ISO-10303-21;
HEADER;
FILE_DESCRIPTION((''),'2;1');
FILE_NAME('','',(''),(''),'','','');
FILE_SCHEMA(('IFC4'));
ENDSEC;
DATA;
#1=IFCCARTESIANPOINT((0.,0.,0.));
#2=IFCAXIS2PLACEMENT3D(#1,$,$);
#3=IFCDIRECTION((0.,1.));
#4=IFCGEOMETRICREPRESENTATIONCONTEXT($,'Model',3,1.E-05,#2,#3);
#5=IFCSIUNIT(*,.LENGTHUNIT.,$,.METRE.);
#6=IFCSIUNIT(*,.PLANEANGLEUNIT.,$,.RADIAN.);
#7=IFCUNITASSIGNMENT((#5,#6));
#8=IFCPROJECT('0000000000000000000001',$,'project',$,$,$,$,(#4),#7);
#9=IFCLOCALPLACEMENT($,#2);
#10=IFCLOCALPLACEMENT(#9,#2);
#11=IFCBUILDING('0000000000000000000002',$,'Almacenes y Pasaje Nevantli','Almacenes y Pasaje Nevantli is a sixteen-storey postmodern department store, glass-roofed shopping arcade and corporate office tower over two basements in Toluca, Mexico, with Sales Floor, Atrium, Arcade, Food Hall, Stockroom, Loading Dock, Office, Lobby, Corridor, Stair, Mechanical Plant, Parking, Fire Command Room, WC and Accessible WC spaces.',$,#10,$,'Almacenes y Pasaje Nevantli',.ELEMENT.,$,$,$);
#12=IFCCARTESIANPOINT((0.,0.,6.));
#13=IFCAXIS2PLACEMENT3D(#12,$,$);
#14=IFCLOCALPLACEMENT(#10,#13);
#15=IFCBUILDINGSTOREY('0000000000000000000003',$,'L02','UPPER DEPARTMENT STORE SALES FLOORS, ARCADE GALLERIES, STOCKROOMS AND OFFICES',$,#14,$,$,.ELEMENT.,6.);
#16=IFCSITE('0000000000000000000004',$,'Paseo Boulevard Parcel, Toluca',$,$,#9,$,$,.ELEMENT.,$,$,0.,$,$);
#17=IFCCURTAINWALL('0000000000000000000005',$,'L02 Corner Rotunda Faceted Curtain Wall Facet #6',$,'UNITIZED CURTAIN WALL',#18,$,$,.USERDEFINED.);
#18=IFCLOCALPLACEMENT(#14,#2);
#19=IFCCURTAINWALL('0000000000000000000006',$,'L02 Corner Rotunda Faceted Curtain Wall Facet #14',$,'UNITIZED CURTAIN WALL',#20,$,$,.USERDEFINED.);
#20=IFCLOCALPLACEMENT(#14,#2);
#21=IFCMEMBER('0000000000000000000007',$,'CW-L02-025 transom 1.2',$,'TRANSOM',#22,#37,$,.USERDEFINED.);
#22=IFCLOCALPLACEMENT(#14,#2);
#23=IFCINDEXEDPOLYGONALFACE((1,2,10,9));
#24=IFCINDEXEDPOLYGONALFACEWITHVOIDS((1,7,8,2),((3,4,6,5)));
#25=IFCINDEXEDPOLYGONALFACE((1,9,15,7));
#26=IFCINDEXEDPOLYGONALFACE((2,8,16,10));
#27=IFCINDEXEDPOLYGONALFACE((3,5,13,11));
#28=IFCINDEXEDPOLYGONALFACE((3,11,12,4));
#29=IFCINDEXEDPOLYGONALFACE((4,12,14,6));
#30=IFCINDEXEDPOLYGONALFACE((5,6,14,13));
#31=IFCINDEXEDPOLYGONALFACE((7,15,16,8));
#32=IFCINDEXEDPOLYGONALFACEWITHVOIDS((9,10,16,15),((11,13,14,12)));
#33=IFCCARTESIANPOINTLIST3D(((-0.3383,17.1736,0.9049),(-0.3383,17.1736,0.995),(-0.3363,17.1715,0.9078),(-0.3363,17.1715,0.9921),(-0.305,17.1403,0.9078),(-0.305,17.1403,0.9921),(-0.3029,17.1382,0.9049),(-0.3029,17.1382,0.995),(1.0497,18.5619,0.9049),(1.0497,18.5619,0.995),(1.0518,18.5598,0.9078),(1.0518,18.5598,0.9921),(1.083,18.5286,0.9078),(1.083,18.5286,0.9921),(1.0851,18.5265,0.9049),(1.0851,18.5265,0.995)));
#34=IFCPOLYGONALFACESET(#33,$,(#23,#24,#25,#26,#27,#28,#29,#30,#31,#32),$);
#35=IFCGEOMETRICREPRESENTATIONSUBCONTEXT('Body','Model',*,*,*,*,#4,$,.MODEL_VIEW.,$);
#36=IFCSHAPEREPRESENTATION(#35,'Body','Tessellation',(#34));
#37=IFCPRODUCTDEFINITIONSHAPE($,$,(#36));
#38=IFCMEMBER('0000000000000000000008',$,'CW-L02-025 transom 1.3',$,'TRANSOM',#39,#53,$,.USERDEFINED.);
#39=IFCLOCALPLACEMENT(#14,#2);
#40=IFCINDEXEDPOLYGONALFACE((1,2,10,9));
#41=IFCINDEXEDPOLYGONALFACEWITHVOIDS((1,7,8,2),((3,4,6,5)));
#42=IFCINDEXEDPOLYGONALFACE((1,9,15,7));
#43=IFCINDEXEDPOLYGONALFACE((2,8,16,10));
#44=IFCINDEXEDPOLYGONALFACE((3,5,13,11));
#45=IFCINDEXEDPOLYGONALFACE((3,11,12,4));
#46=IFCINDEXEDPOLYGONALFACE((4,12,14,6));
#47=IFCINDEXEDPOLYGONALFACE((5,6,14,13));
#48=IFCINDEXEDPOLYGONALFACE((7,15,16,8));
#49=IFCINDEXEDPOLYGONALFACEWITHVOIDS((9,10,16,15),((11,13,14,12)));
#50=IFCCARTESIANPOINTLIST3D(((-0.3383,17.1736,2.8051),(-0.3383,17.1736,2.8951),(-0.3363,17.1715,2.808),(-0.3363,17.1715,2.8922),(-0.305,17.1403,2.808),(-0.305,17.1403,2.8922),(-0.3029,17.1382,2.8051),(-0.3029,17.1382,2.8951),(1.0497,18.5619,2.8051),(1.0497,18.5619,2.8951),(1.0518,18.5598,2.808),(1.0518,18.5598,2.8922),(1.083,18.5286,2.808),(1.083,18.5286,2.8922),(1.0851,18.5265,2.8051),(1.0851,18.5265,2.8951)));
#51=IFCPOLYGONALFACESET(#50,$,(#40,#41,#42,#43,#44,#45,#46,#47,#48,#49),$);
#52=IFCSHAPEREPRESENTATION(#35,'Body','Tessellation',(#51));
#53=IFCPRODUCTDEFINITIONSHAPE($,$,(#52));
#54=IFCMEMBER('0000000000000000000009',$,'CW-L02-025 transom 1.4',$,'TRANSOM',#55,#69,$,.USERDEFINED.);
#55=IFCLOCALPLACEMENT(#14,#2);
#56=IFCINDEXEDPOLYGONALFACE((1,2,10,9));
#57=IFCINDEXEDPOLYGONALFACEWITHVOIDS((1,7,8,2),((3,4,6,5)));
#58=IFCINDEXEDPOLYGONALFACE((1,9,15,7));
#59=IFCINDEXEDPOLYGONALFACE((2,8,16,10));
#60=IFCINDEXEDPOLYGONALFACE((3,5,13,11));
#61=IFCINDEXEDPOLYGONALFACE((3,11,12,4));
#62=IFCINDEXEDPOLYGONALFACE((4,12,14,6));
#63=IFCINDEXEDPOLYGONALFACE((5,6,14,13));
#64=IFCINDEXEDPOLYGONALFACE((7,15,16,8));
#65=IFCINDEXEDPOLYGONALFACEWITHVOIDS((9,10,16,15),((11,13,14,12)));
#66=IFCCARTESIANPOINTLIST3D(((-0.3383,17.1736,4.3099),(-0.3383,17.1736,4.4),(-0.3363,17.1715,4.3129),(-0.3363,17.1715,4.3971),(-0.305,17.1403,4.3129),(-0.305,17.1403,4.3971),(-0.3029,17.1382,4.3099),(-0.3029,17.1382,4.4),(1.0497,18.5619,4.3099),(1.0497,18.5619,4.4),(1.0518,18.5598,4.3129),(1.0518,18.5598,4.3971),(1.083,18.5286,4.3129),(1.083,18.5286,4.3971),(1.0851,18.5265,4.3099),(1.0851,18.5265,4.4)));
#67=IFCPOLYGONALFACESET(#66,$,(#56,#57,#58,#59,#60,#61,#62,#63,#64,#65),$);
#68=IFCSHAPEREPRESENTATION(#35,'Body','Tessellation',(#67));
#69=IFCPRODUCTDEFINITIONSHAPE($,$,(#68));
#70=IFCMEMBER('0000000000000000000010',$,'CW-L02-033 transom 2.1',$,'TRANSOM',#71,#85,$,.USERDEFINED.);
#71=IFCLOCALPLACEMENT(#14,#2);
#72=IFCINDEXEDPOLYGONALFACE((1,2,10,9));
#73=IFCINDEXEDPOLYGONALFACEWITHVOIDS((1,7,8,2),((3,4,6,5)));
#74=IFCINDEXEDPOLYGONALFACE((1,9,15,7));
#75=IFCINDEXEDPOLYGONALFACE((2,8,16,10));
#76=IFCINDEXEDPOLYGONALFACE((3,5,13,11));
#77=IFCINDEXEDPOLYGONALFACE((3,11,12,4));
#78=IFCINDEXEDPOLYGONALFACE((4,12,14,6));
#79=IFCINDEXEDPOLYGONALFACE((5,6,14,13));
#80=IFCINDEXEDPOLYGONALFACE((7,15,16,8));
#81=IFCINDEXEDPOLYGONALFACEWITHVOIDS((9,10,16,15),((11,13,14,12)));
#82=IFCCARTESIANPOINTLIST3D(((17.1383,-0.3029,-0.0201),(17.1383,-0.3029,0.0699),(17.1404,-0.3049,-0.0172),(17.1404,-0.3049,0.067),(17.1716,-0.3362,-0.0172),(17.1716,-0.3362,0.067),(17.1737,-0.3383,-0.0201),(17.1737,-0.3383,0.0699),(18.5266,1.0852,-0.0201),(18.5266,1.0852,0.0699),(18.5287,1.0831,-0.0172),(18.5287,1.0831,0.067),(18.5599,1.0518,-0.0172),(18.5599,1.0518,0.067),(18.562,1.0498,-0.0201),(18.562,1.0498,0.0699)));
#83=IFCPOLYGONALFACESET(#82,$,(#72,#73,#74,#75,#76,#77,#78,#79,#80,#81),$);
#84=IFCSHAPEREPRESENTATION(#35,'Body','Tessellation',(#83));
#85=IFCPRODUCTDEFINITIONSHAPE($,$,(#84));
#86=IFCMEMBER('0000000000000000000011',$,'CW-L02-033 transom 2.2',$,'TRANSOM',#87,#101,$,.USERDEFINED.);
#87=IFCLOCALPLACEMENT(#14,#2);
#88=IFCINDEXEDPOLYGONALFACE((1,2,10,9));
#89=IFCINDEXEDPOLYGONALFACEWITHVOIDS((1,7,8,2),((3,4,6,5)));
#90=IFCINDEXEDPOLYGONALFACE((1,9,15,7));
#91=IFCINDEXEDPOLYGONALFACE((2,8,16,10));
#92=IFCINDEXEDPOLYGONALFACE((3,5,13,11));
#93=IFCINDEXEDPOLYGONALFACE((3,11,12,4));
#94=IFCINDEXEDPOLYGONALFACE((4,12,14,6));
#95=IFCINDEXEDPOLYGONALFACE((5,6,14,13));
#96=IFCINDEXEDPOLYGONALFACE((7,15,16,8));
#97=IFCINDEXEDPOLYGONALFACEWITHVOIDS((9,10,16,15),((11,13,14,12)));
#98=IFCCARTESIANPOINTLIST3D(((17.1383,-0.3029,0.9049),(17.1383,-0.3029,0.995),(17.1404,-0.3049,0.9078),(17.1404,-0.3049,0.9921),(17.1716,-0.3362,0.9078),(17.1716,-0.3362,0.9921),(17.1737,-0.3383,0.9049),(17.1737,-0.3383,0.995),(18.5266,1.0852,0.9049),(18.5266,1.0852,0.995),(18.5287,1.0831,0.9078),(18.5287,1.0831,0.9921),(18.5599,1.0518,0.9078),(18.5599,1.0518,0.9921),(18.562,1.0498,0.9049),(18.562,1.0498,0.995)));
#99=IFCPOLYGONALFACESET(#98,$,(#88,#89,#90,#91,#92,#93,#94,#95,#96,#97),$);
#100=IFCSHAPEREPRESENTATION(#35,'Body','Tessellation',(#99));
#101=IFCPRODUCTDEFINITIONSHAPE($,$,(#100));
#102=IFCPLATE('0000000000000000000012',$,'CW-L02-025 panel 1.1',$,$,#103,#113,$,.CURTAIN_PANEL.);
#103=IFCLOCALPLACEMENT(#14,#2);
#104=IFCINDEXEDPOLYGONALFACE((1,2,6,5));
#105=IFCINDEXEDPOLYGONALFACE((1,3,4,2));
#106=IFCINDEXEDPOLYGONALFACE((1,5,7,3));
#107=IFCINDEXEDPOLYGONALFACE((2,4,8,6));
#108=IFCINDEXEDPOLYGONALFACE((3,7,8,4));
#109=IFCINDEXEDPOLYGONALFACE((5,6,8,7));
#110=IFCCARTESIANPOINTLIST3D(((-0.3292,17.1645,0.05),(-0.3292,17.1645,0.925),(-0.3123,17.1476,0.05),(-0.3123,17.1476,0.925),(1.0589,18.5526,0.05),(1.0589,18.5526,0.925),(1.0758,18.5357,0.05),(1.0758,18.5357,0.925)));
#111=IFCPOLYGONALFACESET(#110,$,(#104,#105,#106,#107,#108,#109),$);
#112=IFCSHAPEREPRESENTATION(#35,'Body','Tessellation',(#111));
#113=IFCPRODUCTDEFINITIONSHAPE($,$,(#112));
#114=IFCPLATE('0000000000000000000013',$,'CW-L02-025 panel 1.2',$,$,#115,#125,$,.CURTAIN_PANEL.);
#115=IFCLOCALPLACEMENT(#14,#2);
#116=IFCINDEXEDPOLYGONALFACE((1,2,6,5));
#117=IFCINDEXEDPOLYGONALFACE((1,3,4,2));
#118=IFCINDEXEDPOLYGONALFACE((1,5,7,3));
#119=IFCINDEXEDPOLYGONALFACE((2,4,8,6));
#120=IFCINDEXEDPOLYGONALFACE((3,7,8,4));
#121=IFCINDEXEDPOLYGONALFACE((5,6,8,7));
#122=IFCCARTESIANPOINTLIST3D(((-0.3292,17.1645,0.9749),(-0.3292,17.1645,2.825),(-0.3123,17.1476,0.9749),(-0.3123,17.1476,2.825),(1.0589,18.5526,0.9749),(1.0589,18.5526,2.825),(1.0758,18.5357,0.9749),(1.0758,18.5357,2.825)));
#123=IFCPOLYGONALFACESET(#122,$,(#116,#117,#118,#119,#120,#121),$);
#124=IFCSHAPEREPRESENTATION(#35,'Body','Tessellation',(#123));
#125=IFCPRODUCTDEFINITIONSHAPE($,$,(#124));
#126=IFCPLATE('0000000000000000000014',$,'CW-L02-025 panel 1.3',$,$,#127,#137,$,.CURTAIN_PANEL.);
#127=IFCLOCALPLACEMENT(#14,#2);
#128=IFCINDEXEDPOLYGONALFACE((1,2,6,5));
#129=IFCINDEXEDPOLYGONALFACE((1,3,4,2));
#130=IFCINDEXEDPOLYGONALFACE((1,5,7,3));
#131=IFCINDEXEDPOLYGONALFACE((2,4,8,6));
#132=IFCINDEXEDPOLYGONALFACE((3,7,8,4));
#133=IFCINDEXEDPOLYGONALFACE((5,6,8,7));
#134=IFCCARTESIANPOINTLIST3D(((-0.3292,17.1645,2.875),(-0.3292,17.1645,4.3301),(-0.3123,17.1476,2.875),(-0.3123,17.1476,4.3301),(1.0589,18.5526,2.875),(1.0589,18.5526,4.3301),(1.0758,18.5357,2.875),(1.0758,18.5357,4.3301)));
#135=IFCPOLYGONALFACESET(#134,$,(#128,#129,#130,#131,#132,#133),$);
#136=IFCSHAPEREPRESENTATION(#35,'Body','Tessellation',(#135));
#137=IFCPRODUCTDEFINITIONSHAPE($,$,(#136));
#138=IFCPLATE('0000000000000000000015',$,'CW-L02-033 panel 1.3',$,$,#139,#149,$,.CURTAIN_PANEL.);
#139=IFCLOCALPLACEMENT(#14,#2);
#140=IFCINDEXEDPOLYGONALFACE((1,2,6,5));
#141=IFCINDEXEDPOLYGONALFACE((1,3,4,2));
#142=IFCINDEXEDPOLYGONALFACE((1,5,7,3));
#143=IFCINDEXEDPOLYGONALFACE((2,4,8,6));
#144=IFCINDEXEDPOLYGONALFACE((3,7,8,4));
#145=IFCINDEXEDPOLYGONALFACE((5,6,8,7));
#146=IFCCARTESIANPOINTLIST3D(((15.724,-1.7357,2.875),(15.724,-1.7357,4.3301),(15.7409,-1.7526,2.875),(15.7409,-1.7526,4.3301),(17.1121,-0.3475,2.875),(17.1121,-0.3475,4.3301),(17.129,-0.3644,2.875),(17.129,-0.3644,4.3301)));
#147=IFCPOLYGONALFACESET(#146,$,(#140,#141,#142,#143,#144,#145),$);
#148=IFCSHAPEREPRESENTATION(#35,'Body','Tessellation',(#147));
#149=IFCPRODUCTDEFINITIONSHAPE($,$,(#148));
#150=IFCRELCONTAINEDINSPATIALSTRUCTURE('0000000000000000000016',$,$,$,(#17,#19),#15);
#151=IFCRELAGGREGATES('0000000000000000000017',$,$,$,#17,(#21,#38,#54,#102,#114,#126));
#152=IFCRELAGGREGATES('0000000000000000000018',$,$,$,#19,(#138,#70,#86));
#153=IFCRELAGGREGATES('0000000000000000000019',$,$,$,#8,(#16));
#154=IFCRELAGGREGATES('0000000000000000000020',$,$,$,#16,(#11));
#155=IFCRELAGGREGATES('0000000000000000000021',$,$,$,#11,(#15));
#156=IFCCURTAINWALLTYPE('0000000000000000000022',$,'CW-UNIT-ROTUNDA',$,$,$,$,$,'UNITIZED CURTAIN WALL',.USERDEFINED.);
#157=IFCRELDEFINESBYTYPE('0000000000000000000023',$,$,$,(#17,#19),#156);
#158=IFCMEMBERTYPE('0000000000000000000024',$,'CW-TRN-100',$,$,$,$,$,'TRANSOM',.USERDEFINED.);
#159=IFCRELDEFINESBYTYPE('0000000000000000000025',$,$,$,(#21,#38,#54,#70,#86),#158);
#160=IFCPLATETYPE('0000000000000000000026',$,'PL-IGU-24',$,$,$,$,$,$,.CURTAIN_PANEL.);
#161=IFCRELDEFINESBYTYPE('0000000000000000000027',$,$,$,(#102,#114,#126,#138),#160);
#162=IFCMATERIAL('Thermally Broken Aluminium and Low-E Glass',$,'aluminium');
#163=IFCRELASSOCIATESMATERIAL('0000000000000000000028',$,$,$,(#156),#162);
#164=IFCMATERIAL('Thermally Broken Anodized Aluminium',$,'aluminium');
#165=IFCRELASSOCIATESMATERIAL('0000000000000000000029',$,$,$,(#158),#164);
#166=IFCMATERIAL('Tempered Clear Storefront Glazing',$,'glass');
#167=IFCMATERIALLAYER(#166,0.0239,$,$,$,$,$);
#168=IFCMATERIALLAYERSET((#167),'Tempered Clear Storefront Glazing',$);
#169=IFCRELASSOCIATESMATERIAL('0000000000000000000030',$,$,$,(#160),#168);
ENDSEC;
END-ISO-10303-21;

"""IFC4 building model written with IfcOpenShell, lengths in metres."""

from ifc_helpers import new_model, si_unit, direction, frame, origin, origin_2d, place, context, subcontext, project, spatial, rectangle, hollow_rectangle, extrude, material, layer, layer_set, material_profile, profile_set, type_object, element, aggregate, save


model = new_model("IFC4")

# Units and contexts
model_context = context("Model", 3, precision=1e-05, world=origin(), true_north=direction((0.0, 1.0)))
body_context = subcontext(model_context, "Body", "Model", "MODEL_VIEW")
ifc_project = project(units=[si_unit("LENGTHUNIT", "METRE"), si_unit("PLANEANGLEUNIT", "RADIAN")], contexts=[model_context])

# Site, building, storey
site_placement = place(None, origin())
site = spatial("IfcSite", under=ifc_project, at=site_placement, Name="Paseo Boulevard Parcel, Toluca", CompositionType="ELEMENT", RefElevation=0.0)
building_placement = place(site_placement, origin())
building = spatial("IfcBuilding", under=site, at=building_placement, Name="Almacenes y Pasaje Nevantli", Description="Almacenes y Pasaje Nevantli is a sixteen-storey postmodern department store, glass-roofed shopping arcade and corporate office tower over two basements in Toluca, Mexico, with Sales Floor, Atrium, Arcade, Food Hall, Stockroom, Loading Dock, Office, Lobby, Corridor, Stair, Mechanical Plant, Parking, Fire Command Room, WC and Accessible WC spaces.", LongName="Almacenes y Pasaje Nevantli", CompositionType="ELEMENT")
storey_placement = place(building_placement, frame((0.0, 0.0, 6.0)))
storey = spatial("IfcBuildingStorey", under=building, at=storey_placement, Name="L02", Description="UPPER DEPARTMENT STORE SALES FLOORS, ARCADE GALLERIES, STOCKROOMS AND OFFICES", CompositionType="ELEMENT", Elevation=6.0)

# Curtain walls
ifc_material_1 = material(Name="Thermally Broken Aluminium and Low-E Glass", Category="aluminium")
curtain_wall_type = type_object("IfcCurtainWallType", Name="CW-UNIT-ROTUNDA", ElementType="UNITIZED CURTAIN WALL", PredefinedType="USERDEFINED", material=ifc_material_1)
curtain_wall_1_placement = place(storey_placement, origin())
curtain_wall_1 = element("IfcCurtainWall", 1, at=curtain_wall_1_placement, inside=storey, type_object=curtain_wall_type, Name="L02 Corner Rotunda Faceted Curtain Wall Facet #6", ObjectType="UNITIZED CURTAIN WALL", PredefinedType="USERDEFINED")
curtain_wall_2_placement = place(storey_placement, origin())
curtain_wall_2 = element("IfcCurtainWall", 2, at=curtain_wall_2_placement, inside=storey, type_object=curtain_wall_type, Name="L02 Corner Rotunda Faceted Curtain Wall Facet #14", ObjectType="UNITIZED CURTAIN WALL", PredefinedType="USERDEFINED")

# Members
ifc_material_2 = material(Name="Thermally Broken Anodized Aluminium", Category="aluminium")
ifc_material_profile_1 = material_profile(ifc_material_2, hollow_rectangle(XDim=0.05, YDim=0.0901, WallThickness=0.0029, at=origin_2d()), Name="ALU-TRN-50x90")
ifc_profile_set_1 = profile_set([ifc_material_profile_1], Name="Thermally Broken Anodized Aluminium")
member_type_1 = type_object("IfcMemberType", Name="CW-TRN-100", ElementType="TRANSOM", PredefinedType="USERDEFINED", material=ifc_profile_set_1)
member_1_placement = place(storey_placement, frame((1.0674, 18.5442, 0.95), z_axis=(-0.707045, -0.707169, 0.0), x_axis=(0.707169, -0.707045, 0.0)))
member_1 = element("IfcMember", 3, at=member_1_placement, type_object=member_type_1, Name="CW-L02-025 transom 1.2", ObjectType="TRANSOM", PredefinedType="USERDEFINED", context=body_context, shape_type="SweptSolid", body=[
    extrude(hollow_rectangle(XDim=0.05, YDim=0.0901, WallThickness=0.0029, at=origin_2d()), origin(), (0.0, 0.0, 1.0), 1.9631),
])
member_2_placement = place(storey_placement, frame((1.0674, 18.5442, 2.8501), z_axis=(-0.707045, -0.707169, 0.0), x_axis=(0.707169, -0.707045, 0.0)))
member_2 = element("IfcMember", 4, at=member_2_placement, type_object=member_type_1, Name="CW-L02-025 transom 1.3", ObjectType="TRANSOM", PredefinedType="USERDEFINED", context=body_context, shape_type="SweptSolid", body=[
    extrude(hollow_rectangle(XDim=0.05, YDim=0.0901, WallThickness=0.0029, at=origin_2d()), origin(), (0.0, 0.0, 1.0), 1.9631),
])
member_3_placement = place(storey_placement, frame((1.0674, 18.5442, 4.355), z_axis=(-0.707045, -0.707169, 0.0), x_axis=(0.707169, -0.707045, 0.0)))
member_3 = element("IfcMember", 5, at=member_3_placement, type_object=member_type_1, Name="CW-L02-025 transom 1.4", ObjectType="TRANSOM", PredefinedType="USERDEFINED", context=body_context, shape_type="SweptSolid", body=[
    extrude(hollow_rectangle(XDim=0.05, YDim=0.0901, WallThickness=0.0029, at=origin_2d()), origin(), (0.0, 0.0, 1.0), 1.9631),
])
member_4_placement = place(storey_placement, frame((17.156, -0.3206, 0.0249), z_axis=(0.707169, 0.707045, 0.0), x_axis=(-0.707045, 0.707169, 0.0)))
member_4 = element("IfcMember", 6, at=member_4_placement, type_object=member_type_1, Name="CW-L02-033 transom 2.1", ObjectType="TRANSOM", PredefinedType="USERDEFINED", context=body_context, shape_type="SweptSolid", body=[
    extrude(hollow_rectangle(XDim=0.05, YDim=0.0901, WallThickness=0.0029, at=origin_2d()), origin(), (0.0, 0.0, 1.0), 1.9631),
])
member_5_placement = place(storey_placement, frame((17.156, -0.3206, 0.95), z_axis=(0.707169, 0.707045, 0.0), x_axis=(-0.707045, 0.707169, 0.0)))
member_5 = element("IfcMember", 7, at=member_5_placement, type_object=member_type_1, Name="CW-L02-033 transom 2.2", ObjectType="TRANSOM", PredefinedType="USERDEFINED", context=body_context, shape_type="SweptSolid", body=[
    extrude(hollow_rectangle(XDim=0.05, YDim=0.0901, WallThickness=0.0029, at=origin_2d()), origin(), (0.0, 0.0, 1.0), 1.9631),
])

# Plates
ifc_material_3 = material(Name="Tempered Clear Storefront Glazing", Category="glass")
ifc_layer = layer(ifc_material_3, 0.0239)
ifc_layer_set = layer_set([ifc_layer], Name="Tempered Clear Storefront Glazing")
plate_type = type_object("IfcPlateType", Name="PL-IGU-24", PredefinedType="CURTAIN_PANEL", material=ifc_layer_set)
plate_1_placement = place(storey_placement, frame((0.3733, 17.8501, 0.05), z_axis=(0.0, 0.0, 1.0), x_axis=(-0.707107, -0.707107, 0.0)))
plate_1 = element("IfcPlate", 8, at=plate_1_placement, type_object=plate_type, Name="CW-L02-025 panel 1.1", PredefinedType="CURTAIN_PANEL", context=body_context, shape_type="SweptSolid", body=[
    extrude(rectangle(XDim=1.9631, YDim=0.0239, at=origin_2d()), origin(), (0.0, 0.0, 1.0), 0.875),
])
plate_2_placement = place(storey_placement, frame((0.3733, 17.8501, 0.9749), z_axis=(0.0, 0.0, 1.0), x_axis=(-0.707107, -0.707107, 0.0)))
plate_2 = element("IfcPlate", 9, at=plate_2_placement, type_object=plate_type, Name="CW-L02-025 panel 1.2", PredefinedType="CURTAIN_PANEL", context=body_context, shape_type="SweptSolid", body=[
    extrude(rectangle(XDim=1.9631, YDim=0.0239, at=origin_2d()), origin(), (0.0, 0.0, 1.0), 1.8501),
])
plate_3_placement = place(storey_placement, frame((0.3733, 17.8501, 2.875), z_axis=(0.0, 0.0, 1.0), x_axis=(-0.707107, -0.707107, 0.0)))
plate_3 = element("IfcPlate", 10, at=plate_3_placement, type_object=plate_type, Name="CW-L02-025 panel 1.3", PredefinedType="CURTAIN_PANEL", context=body_context, shape_type="SweptSolid", body=[
    extrude(rectangle(XDim=1.9631, YDim=0.0239, at=origin_2d()), origin(), (0.0, 0.0, 1.0), 1.4551),
])
aggregate(curtain_wall_1, [member_1, member_2, member_3, plate_1, plate_2, plate_3])
plate_4_placement = place(storey_placement, frame((16.4265, -1.05, 2.875), z_axis=(0.0, 0.0, 1.0), x_axis=(0.707107, 0.707107, 0.0)))
plate_4 = element("IfcPlate", 11, at=plate_4_placement, type_object=plate_type, Name="CW-L02-033 panel 1.3", PredefinedType="CURTAIN_PANEL", context=body_context, shape_type="SweptSolid", body=[
    extrude(rectangle(XDim=1.9631, YDim=0.0239, at=origin_2d()), origin(), (0.0, 0.0, 1.0), 1.4551),
])
aggregate(curtain_wall_2, [plate_4, member_4, member_5])

save(model, "model.ifc")
